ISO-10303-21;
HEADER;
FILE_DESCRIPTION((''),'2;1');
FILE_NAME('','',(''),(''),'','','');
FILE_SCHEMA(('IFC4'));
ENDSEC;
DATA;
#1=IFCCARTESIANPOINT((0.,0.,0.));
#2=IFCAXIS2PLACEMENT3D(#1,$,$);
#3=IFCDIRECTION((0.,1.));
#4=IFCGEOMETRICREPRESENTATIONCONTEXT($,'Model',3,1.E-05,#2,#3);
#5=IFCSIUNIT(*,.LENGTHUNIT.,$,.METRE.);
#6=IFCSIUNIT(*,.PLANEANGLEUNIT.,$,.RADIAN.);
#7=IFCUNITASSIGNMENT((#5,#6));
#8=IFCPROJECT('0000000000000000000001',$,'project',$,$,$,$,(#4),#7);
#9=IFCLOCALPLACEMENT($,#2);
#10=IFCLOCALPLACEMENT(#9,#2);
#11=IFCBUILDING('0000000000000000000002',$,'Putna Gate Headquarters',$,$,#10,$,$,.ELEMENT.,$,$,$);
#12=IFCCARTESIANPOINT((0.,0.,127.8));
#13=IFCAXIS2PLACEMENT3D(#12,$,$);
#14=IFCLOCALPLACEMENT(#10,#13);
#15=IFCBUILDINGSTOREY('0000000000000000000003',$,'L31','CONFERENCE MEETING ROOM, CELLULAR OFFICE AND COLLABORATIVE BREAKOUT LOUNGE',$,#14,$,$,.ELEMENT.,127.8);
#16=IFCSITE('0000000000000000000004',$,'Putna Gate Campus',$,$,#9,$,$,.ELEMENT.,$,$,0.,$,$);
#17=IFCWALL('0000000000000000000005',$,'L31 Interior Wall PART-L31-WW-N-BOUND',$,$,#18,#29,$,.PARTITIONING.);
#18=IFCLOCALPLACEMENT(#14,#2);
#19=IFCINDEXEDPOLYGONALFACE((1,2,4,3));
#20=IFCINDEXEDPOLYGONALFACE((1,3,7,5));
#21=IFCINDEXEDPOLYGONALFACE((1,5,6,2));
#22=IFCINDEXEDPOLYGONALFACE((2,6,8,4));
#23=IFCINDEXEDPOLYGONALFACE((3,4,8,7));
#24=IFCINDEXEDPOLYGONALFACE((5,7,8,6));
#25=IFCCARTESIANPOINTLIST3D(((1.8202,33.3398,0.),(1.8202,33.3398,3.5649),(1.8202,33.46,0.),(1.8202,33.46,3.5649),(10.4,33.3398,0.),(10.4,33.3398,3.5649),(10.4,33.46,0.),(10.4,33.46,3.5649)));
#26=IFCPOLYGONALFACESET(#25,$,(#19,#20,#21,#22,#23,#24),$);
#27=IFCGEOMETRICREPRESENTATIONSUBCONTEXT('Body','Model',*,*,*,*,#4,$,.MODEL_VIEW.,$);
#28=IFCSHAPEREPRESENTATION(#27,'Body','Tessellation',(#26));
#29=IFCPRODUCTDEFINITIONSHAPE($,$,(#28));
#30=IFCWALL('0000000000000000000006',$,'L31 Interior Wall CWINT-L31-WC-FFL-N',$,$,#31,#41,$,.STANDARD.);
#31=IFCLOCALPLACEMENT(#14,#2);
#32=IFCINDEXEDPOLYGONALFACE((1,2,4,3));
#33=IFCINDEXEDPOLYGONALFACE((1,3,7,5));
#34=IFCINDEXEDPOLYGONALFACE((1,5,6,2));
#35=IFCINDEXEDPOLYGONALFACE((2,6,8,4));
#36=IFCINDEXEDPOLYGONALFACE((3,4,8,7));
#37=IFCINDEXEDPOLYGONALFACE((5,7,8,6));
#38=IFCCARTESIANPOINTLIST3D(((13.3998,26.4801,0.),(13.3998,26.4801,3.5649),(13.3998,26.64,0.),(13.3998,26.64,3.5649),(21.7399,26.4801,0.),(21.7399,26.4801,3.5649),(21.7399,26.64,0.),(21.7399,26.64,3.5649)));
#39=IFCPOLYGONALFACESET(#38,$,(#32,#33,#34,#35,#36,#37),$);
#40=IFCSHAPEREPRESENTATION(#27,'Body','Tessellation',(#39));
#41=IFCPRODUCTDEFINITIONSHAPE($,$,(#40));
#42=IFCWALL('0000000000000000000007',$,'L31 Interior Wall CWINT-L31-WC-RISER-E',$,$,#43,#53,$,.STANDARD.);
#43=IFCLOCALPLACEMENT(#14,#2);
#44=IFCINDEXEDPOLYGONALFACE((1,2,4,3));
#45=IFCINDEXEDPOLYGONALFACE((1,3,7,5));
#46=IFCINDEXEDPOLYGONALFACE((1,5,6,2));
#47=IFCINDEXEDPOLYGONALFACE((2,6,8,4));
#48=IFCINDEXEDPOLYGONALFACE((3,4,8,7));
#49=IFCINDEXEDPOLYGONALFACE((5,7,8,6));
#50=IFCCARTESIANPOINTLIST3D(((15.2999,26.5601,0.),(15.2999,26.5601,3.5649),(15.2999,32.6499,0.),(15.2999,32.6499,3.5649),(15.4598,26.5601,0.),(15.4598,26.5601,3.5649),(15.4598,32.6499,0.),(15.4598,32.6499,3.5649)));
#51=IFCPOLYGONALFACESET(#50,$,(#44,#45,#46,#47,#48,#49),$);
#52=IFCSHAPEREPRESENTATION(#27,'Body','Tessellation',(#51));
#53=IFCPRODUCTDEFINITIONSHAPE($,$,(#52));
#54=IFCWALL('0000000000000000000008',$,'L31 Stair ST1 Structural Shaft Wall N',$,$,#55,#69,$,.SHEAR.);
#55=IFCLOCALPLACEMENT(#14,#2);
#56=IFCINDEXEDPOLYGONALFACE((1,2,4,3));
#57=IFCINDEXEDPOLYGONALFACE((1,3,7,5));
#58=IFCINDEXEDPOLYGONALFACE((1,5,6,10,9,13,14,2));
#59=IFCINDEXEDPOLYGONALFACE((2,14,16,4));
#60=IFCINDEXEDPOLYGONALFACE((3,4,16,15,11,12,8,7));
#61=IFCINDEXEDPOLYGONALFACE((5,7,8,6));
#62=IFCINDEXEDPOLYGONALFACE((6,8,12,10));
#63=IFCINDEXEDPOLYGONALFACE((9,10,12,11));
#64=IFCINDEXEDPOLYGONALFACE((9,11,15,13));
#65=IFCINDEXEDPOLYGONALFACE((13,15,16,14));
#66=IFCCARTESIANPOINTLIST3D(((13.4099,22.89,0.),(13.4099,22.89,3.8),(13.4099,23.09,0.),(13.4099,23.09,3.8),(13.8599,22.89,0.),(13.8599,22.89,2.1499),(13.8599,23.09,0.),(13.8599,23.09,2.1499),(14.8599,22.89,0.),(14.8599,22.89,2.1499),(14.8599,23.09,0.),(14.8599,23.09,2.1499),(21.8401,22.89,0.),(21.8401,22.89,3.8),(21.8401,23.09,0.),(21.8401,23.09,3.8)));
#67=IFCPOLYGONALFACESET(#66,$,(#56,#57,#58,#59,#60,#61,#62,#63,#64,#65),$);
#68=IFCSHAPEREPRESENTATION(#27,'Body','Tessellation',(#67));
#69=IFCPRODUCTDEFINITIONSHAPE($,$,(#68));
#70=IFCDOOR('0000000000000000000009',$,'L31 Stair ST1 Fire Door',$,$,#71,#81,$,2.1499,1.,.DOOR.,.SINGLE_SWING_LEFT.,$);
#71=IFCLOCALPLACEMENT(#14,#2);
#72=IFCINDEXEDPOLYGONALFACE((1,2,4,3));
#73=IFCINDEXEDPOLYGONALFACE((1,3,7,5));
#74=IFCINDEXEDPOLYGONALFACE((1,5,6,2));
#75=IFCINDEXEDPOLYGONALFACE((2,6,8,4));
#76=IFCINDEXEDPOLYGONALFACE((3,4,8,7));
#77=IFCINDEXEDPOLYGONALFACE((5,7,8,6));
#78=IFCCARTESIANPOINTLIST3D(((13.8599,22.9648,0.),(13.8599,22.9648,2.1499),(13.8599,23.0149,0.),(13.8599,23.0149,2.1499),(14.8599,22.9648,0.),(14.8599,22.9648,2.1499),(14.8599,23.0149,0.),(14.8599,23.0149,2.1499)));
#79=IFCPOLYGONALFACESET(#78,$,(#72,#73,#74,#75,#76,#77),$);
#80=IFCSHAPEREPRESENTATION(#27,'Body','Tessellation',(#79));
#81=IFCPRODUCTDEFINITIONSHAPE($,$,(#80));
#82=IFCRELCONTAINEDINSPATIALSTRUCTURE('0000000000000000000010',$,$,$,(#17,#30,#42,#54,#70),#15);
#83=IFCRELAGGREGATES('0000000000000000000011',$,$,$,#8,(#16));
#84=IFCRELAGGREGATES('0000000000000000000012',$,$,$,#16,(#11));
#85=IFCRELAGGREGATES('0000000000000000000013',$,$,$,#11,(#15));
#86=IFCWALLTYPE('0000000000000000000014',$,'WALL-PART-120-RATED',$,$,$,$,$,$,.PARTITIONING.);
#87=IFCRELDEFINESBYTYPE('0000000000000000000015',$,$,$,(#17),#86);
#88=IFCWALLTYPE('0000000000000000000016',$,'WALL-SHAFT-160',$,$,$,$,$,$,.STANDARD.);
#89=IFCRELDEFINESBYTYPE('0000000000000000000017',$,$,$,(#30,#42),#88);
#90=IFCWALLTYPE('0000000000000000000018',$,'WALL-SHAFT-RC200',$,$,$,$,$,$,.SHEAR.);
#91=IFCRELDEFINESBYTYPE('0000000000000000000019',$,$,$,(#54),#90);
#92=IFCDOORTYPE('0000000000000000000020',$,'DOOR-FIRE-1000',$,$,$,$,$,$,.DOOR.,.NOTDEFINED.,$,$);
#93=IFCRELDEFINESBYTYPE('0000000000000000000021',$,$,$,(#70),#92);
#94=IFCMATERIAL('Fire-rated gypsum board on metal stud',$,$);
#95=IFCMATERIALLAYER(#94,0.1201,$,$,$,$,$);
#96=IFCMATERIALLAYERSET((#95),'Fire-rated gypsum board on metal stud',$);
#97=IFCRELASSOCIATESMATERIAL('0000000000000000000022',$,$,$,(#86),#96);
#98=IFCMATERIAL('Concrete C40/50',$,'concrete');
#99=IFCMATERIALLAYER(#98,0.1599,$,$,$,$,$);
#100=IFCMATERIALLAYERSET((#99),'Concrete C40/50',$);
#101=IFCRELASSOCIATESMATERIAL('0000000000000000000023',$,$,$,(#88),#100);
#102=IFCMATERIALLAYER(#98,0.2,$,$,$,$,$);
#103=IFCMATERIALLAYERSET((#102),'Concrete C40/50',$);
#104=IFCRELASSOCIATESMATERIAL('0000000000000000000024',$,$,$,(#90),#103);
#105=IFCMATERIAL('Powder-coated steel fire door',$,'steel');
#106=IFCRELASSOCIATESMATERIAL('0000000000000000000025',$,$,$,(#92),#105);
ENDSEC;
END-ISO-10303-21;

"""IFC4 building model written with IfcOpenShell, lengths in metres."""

from ifc_helpers import new_model, si_unit, direction, frame, frame_2d, origin, place, context, subcontext, project, spatial, rectangle, extrude, material, layer, layer_set, type_object, element, fill, save


model = new_model("IFC4")

# Units and contexts
model_context = context("Model", 3, precision=1e-05, world=origin(), true_north=direction((0.0, 1.0)))
body_context = subcontext(model_context, "Body", "Model", "MODEL_VIEW")
ifc_project = project(units=[si_unit("LENGTHUNIT", "METRE"), si_unit("PLANEANGLEUNIT", "RADIAN")], contexts=[model_context])

# Site, building, storey
site_placement = place(None, origin())
site = spatial("IfcSite", under=ifc_project, at=site_placement, Name="Putna Gate Campus", CompositionType="ELEMENT", RefElevation=0.0)
building_placement = place(site_placement, origin())
building = spatial("IfcBuilding", under=site, at=building_placement, Name="Putna Gate Headquarters", CompositionType="ELEMENT")
storey_placement = place(building_placement, frame((0.0, 0.0, 127.8)))
storey = spatial("IfcBuildingStorey", under=building, at=storey_placement, Name="L31", Description="CONFERENCE MEETING ROOM, CELLULAR OFFICE AND COLLABORATIVE BREAKOUT LOUNGE", CompositionType="ELEMENT", Elevation=127.8)

# Shared definitions
ifc_material_1 = material(Name="Fire-rated gypsum board on metal stud")
ifc_layer_1 = layer(ifc_material_1, 0.1201)
ifc_layer_set_1 = layer_set([ifc_layer_1], Name="Fire-rated gypsum board on metal stud")
wall_type_1 = type_object("IfcWallType", Name="WALL-PART-120-RATED", PredefinedType="PARTITIONING", material=ifc_layer_set_1)

# Walls
wall_1_placement = place(storey_placement, frame((1.8201, 33.3999, 0.0), z_axis=(0.0, 0.0, 1.0), x_axis=(1.0, 0.0, 0.0)))
element("IfcWall", 1, at=wall_1_placement, inside=storey, type_object=wall_type_1, Name="L31 Interior Wall PART-L31-WW-N-BOUND", PredefinedType="PARTITIONING", context=body_context, shape_type="SweptSolid", body=[
    extrude(rectangle(XDim=8.5798, YDim=0.1201, at=frame_2d((4.29, 0.0))), origin(), (0.0, 0.0, 1.0), 3.5649),
])
ifc_material_2 = material(Name="Concrete C40/50", Category="concrete")
ifc_layer_2 = layer(ifc_material_2, 0.1599)
ifc_layer_set_2 = layer_set([ifc_layer_2], Name="Concrete C40/50")
wall_type_2 = type_object("IfcWallType", Name="WALL-SHAFT-160", PredefinedType="STANDARD", material=ifc_layer_set_2)
wall_2_placement = place(storey_placement, frame((13.3999, 26.5601, 0.0), z_axis=(0.0, 0.0, 1.0), x_axis=(1.0, 0.0, 0.0)))
element("IfcWall", 2, at=wall_2_placement, inside=storey, type_object=wall_type_2, Name="L31 Interior Wall CWINT-L31-WC-FFL-N", PredefinedType="STANDARD", context=body_context, shape_type="SweptSolid", body=[
    extrude(rectangle(XDim=8.3401, YDim=0.1599, at=frame_2d((4.1699, 0.0))), origin(), (0.0, 0.0, 1.0), 3.5649),
])
wall_3_placement = place(storey_placement, frame((15.3799, 26.5601, 0.0), z_axis=(0.0, 0.0, 1.0), x_axis=(0.0, 1.0, 0.0)))
element("IfcWall", 3, at=wall_3_placement, inside=storey, type_object=wall_type_2, Name="L31 Interior Wall CWINT-L31-WC-RISER-E", PredefinedType="STANDARD", context=body_context, shape_type="SweptSolid", body=[
    extrude(rectangle(XDim=6.0898, YDim=0.1599, at=frame_2d((3.0449, 0.0))), origin(), (0.0, 0.0, 1.0), 3.5649),
])

# Wall, opening, door
ifc_layer_3 = layer(ifc_material_2, 0.2)
ifc_layer_set_3 = layer_set([ifc_layer_3], Name="Concrete C40/50")
wall_type_3 = type_object("IfcWallType", Name="WALL-SHAFT-RC200", PredefinedType="SHEAR", material=ifc_layer_set_3)
wall_4_placement = place(storey_placement, frame((13.4099, 22.99, 0.0), z_axis=(0.0, 0.0, 1.0), x_axis=(1.0, 0.0, 0.0)))
wall_4 = element("IfcWall", 4, at=wall_4_placement, inside=storey, type_object=wall_type_3, Name="L31 Stair ST1 Structural Shaft Wall N", PredefinedType="SHEAR", context=body_context, shape_type="SweptSolid", body=[
    extrude(rectangle(XDim=8.4302, YDim=0.2, at=frame_2d((4.2151, 0.0))), origin(), (0.0, 0.0, 1.0), 3.8),
])
opening_1_placement = place(wall_4_placement, frame((0.45, 0.0, 0.0)))
opening_1 = element("IfcOpeningElement", 5, at=opening_1_placement, cuts=wall_4, PredefinedType="OPENING", context=body_context, shape_type="SweptSolid", body=[
    extrude(rectangle(XDim=1.0, YDim=2.1499, at=frame_2d((0.5, 1.075))), frame((0.0, 0.1099, 0.0), z_axis=(0.0, -1.0, 0.0), x_axis=(1.0, 0.0, 0.0)), (0.0, 0.0, 1.0), 0.22),
])
ifc_material_3 = material(Name="Powder-coated steel fire door", Category="steel")
door_type_1 = type_object("IfcDoorType", Name="DOOR-FIRE-1000", OperationType="NOTDEFINED", PredefinedType="DOOR", material=ifc_material_3)
door_1_placement = place(opening_1_placement, origin())
door_1 = element("IfcDoor", 6, at=door_1_placement, inside=storey, type_object=door_type_1, Name="L31 Stair ST1 Fire Door", OperationType="SINGLE_SWING_LEFT", OverallHeight=2.1499, OverallWidth=1.0, PredefinedType="DOOR", context=body_context, shape_type="SweptSolid", body=[
    extrude(rectangle(XDim=1.0, YDim=2.1499, at=frame_2d((0.5, 1.075))), frame((0.0, 0.0249, 0.0), z_axis=(0.0, -1.0, 0.0), x_axis=(1.0, 0.0, 0.0)), (0.0, 0.0, 1.0), 0.05),
])
fill(opening_1, door_1)

save(model, "model.ifc")
